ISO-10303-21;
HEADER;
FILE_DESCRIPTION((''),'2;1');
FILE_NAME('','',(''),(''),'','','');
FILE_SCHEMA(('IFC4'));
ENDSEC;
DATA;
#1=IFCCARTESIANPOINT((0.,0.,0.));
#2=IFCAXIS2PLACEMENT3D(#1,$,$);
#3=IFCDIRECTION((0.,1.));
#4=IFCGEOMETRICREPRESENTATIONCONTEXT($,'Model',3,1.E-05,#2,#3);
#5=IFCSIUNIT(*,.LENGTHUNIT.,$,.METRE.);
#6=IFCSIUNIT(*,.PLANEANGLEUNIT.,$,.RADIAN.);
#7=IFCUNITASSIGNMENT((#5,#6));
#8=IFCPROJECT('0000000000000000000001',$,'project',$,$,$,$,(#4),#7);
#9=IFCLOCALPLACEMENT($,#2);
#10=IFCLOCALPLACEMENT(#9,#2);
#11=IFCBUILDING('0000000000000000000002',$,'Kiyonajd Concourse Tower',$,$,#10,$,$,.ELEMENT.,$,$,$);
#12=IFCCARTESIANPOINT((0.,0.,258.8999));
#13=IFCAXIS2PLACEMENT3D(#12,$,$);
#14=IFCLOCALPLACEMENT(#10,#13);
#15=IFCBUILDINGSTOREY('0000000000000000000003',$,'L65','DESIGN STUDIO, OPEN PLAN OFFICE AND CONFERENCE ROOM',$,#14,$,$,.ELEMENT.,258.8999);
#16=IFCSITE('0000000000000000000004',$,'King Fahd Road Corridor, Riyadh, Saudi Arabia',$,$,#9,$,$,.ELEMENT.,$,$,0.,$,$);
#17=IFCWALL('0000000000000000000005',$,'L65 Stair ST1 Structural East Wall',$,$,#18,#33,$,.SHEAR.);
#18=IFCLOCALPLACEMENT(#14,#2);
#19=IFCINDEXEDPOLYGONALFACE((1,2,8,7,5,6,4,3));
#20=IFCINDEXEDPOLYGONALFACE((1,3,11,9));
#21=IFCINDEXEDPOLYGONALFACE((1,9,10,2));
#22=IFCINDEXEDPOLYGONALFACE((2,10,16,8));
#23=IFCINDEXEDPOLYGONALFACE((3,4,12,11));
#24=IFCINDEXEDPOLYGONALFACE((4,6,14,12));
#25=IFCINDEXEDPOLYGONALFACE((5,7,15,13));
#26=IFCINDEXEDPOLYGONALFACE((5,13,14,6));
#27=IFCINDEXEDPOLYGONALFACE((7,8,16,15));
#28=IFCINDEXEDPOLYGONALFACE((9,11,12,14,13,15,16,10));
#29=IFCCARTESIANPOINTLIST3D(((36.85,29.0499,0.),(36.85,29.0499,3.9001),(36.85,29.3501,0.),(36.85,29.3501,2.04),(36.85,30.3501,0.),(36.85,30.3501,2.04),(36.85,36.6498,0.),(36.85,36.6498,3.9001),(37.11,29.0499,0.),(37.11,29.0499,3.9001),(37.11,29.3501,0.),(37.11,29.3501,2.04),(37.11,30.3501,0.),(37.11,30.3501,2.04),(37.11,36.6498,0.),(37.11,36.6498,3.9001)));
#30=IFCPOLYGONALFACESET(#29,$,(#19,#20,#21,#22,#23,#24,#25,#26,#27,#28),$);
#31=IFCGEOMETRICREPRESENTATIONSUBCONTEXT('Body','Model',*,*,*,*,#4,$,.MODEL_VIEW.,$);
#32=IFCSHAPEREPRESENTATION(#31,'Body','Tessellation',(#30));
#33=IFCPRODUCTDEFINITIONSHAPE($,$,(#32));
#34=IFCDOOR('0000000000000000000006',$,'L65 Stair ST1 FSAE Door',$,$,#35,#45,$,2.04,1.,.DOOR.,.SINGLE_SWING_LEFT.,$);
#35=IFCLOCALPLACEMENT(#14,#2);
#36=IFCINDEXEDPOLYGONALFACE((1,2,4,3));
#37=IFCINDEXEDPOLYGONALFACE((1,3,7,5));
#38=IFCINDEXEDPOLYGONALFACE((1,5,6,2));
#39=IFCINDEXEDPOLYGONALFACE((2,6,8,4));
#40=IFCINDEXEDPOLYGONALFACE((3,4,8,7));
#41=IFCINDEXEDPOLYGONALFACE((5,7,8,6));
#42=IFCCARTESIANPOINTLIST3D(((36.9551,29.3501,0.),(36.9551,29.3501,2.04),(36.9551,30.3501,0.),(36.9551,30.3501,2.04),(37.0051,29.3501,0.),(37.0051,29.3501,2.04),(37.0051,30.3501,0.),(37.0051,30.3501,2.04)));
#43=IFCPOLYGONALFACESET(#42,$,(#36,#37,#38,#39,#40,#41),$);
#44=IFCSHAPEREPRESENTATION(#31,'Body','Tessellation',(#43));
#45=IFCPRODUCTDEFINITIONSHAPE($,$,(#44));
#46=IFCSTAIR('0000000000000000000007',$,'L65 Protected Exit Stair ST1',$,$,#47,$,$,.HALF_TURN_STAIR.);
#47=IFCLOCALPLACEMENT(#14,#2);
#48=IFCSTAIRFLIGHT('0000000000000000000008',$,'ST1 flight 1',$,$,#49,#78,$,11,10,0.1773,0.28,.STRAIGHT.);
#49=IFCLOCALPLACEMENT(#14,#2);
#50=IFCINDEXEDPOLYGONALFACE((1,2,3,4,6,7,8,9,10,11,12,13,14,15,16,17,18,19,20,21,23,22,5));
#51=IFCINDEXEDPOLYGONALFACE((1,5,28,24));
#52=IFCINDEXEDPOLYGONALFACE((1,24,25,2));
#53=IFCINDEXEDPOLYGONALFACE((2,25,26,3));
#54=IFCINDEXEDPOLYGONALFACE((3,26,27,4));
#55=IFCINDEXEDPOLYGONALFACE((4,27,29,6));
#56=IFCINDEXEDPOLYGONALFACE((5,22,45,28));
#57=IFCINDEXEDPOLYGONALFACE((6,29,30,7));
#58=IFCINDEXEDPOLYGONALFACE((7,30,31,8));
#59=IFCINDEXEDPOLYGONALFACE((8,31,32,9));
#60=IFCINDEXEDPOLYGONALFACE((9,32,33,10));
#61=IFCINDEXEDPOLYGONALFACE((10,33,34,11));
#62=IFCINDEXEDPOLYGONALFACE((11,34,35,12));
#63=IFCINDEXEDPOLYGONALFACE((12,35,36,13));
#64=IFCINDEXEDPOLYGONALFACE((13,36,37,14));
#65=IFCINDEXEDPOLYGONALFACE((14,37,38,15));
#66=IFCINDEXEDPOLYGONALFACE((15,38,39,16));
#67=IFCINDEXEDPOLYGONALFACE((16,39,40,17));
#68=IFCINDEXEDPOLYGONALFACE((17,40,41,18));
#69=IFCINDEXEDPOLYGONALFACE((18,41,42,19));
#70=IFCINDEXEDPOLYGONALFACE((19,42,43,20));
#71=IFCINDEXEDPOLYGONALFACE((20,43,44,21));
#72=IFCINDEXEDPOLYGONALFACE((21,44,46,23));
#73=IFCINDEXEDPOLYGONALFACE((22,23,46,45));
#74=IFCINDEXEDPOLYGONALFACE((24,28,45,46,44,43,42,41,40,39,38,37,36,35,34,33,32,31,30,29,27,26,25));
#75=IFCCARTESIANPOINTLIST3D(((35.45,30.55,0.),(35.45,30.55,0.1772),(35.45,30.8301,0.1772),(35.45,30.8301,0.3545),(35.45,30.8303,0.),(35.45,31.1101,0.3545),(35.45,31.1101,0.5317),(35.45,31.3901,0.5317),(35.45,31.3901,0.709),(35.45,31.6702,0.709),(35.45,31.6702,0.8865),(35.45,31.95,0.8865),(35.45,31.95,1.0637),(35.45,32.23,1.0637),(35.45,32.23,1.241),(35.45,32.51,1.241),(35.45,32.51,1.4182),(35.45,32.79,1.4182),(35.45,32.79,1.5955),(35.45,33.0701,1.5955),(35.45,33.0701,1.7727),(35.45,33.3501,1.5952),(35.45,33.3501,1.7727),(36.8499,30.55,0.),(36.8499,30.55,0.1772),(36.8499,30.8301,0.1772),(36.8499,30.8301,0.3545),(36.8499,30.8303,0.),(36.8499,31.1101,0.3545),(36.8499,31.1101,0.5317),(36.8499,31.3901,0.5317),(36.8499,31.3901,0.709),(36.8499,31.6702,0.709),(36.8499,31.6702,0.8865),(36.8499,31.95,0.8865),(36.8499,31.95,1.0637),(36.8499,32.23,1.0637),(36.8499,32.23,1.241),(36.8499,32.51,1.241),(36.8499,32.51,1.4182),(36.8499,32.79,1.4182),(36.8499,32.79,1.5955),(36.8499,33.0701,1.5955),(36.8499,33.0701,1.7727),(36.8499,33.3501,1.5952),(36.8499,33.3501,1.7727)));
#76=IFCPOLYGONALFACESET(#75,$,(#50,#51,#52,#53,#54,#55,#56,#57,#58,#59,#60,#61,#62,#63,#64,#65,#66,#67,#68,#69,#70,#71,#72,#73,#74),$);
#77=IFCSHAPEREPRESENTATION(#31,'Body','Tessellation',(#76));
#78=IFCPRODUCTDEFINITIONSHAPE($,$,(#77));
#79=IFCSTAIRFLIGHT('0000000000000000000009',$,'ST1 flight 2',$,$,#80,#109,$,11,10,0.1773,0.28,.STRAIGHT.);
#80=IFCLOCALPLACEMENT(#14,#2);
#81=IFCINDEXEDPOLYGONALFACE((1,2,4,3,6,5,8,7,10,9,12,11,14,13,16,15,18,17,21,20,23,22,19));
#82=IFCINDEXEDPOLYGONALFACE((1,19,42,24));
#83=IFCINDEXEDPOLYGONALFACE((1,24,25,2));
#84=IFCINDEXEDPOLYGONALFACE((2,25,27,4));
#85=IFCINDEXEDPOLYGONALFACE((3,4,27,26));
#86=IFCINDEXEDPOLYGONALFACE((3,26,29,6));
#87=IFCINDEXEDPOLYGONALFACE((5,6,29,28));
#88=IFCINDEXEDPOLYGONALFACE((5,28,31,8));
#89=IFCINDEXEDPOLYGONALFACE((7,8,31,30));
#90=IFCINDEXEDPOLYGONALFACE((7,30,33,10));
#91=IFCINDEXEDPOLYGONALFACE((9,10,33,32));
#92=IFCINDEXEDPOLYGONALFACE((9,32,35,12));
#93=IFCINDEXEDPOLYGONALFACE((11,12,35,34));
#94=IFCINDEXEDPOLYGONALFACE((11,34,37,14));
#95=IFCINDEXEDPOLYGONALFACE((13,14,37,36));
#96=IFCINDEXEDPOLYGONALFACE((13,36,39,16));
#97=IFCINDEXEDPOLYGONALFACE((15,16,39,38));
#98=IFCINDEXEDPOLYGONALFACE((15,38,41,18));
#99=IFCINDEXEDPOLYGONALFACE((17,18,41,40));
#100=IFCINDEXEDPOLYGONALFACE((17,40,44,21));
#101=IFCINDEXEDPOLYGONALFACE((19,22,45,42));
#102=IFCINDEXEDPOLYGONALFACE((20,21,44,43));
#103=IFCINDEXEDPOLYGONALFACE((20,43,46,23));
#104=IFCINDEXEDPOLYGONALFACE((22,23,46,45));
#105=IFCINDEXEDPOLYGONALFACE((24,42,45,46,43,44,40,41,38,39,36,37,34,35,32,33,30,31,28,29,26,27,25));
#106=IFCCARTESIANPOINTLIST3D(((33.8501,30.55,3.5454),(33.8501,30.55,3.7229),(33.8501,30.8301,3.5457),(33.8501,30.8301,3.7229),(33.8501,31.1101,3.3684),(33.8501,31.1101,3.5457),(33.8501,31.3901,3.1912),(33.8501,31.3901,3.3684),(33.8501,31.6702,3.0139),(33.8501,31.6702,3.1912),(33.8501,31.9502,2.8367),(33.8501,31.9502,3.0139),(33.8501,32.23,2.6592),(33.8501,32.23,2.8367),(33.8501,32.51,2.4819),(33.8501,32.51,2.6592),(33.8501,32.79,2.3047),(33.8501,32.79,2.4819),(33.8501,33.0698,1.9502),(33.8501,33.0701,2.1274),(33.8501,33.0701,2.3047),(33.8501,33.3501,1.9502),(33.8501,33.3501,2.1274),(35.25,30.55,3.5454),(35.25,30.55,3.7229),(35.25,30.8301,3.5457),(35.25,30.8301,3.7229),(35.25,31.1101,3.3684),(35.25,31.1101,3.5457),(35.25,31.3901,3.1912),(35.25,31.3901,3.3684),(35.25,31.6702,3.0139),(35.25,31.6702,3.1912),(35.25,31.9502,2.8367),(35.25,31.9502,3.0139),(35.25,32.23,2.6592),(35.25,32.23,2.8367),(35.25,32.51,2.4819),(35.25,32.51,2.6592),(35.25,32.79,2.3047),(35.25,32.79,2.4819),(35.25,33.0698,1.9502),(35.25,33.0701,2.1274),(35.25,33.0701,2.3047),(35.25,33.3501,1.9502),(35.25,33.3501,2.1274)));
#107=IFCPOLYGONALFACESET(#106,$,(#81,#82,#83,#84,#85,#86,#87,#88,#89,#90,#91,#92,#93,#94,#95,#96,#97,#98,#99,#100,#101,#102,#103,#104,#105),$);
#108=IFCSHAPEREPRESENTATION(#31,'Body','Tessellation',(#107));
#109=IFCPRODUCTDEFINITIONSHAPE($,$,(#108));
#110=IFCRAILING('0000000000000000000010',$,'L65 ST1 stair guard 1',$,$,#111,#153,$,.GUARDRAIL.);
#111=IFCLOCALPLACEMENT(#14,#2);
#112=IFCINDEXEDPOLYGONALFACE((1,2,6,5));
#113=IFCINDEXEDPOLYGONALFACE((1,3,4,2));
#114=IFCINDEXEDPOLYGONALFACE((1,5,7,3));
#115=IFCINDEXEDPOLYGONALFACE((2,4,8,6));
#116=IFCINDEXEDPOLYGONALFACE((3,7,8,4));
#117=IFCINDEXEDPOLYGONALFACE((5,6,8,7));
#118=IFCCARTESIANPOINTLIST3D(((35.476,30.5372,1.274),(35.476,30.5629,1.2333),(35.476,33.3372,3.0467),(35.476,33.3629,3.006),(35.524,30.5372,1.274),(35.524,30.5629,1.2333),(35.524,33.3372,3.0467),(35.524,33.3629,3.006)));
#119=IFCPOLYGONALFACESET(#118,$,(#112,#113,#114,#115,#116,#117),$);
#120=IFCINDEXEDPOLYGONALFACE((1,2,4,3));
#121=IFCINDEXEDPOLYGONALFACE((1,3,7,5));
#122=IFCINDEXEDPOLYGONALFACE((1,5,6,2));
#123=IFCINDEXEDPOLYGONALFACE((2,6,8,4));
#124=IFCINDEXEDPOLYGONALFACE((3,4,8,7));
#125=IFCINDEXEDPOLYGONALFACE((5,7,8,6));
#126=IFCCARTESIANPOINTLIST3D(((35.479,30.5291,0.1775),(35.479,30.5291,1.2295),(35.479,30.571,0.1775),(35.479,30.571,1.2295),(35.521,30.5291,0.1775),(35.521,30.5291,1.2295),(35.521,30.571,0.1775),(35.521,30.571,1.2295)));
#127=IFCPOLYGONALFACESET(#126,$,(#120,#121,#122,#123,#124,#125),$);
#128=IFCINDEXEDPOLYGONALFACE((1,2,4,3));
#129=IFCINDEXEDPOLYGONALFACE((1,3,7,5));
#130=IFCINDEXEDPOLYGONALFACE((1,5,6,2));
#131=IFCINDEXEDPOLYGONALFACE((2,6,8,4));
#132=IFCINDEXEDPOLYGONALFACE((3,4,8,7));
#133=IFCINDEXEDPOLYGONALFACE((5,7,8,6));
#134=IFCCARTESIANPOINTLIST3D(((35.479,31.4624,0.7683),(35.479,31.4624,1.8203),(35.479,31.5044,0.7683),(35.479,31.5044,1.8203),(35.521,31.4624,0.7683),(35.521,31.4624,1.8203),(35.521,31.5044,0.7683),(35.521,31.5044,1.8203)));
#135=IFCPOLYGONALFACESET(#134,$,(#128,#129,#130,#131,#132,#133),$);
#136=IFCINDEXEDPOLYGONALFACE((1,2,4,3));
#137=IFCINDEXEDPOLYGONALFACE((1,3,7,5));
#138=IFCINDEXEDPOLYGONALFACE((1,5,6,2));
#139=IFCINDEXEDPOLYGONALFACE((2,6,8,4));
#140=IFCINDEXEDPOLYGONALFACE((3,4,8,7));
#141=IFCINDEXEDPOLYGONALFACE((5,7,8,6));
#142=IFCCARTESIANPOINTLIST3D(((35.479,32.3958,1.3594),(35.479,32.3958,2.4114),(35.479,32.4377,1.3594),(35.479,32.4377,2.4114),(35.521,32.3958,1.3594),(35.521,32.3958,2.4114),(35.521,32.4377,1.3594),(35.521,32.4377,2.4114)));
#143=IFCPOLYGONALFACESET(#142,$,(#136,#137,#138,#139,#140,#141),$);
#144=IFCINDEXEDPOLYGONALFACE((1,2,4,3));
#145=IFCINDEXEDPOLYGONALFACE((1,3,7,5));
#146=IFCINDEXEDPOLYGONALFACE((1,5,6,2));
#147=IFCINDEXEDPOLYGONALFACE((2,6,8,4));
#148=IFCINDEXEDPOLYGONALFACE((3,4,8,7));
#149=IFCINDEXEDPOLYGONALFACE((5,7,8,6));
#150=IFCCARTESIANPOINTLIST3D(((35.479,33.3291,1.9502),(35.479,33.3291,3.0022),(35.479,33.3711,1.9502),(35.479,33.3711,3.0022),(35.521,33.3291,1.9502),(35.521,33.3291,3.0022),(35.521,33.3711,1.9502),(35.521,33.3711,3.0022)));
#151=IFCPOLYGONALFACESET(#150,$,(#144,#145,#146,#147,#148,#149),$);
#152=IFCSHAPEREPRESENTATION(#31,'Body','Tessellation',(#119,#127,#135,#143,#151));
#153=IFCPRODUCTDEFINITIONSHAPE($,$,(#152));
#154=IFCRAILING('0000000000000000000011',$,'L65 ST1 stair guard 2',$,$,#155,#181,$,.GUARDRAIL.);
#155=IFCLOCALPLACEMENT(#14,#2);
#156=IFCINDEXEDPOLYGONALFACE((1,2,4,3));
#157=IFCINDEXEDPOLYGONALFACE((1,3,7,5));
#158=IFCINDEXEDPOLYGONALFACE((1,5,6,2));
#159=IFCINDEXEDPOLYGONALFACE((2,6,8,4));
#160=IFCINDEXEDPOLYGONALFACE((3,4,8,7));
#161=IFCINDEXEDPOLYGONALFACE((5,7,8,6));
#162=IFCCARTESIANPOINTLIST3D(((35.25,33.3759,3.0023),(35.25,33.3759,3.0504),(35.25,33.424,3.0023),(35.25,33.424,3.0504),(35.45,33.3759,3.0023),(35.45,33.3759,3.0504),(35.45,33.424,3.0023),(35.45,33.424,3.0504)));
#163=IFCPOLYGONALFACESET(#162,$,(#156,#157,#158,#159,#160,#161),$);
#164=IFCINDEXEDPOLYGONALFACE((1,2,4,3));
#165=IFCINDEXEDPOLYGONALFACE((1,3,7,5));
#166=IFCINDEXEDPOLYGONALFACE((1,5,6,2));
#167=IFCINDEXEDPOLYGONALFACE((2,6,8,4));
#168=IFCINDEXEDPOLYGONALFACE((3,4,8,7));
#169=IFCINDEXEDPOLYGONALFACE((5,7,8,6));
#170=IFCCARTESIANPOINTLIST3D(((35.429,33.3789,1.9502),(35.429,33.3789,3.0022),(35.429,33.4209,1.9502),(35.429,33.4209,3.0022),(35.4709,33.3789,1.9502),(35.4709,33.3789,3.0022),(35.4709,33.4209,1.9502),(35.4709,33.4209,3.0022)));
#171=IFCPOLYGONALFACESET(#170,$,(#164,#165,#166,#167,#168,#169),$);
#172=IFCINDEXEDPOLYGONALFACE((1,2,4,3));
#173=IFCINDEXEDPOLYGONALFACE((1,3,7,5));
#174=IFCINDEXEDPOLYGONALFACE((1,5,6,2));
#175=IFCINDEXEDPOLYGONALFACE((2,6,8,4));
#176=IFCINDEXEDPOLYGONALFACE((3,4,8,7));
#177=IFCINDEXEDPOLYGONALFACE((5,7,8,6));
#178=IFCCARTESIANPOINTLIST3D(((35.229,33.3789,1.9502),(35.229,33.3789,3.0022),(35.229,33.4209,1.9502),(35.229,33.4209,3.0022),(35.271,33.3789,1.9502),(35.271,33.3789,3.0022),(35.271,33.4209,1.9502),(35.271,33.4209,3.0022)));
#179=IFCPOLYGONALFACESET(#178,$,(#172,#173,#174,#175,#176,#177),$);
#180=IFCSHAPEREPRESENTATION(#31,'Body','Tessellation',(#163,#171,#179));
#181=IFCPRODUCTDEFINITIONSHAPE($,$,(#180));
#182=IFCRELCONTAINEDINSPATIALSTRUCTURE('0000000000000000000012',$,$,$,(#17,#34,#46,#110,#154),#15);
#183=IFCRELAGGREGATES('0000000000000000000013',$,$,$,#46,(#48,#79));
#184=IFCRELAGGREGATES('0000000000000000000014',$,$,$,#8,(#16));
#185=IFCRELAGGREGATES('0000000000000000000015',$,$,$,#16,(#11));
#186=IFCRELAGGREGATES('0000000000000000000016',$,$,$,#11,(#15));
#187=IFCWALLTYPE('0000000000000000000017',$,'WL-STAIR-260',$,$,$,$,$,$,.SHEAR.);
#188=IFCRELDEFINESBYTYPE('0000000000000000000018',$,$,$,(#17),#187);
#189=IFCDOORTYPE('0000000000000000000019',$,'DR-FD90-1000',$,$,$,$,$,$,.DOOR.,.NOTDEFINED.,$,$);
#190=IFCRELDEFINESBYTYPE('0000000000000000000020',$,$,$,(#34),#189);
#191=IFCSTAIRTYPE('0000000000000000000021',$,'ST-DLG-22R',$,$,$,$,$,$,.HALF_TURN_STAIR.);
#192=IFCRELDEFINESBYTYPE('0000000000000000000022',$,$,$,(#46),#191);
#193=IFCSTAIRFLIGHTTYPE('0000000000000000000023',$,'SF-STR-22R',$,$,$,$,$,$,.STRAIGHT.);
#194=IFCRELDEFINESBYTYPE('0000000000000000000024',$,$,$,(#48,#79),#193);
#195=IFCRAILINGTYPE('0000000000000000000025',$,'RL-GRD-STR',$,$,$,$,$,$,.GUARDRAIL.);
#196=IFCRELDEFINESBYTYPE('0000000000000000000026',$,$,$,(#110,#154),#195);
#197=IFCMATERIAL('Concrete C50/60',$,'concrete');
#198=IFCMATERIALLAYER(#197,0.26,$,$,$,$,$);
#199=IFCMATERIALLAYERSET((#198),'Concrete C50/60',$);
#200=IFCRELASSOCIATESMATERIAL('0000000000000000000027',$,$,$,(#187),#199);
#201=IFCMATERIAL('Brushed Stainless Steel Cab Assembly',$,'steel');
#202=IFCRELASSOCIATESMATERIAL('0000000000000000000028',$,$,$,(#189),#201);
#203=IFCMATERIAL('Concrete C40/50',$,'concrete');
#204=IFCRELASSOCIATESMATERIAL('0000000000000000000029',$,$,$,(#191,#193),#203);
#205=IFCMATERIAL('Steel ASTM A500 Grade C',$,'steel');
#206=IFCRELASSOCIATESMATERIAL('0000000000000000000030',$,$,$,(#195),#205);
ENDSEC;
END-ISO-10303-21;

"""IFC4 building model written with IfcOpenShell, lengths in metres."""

from ifc_helpers import new_model, si_unit, direction, frame, frame_2d, origin, origin_2d, place, context, subcontext, project, spatial, polyline, rectangle, outline, extrude, material, layer, layer_set, type_object, element, fill, aggregate, save


model = new_model("IFC4")

# Units and contexts
model_context = context("Model", 3, precision=1e-05, world=origin(), true_north=direction((0.0, 1.0)))
body_context = subcontext(model_context, "Body", "Model", "MODEL_VIEW")
ifc_project = project(units=[si_unit("LENGTHUNIT", "METRE"), si_unit("PLANEANGLEUNIT", "RADIAN")], contexts=[model_context])

# Site, building, storey
site_placement = place(None, origin())
site = spatial("IfcSite", under=ifc_project, at=site_placement, Name="King Fahd Road Corridor, Riyadh, Saudi Arabia", CompositionType="ELEMENT", RefElevation=0.0)
building_placement = place(site_placement, origin())
building = spatial("IfcBuilding", under=site, at=building_placement, Name="Kiyonajd Concourse Tower", CompositionType="ELEMENT")
storey_placement = place(building_placement, frame((0.0, 0.0, 258.8999)))
storey = spatial("IfcBuildingStorey", under=building, at=storey_placement, Name="L65", Description="DESIGN STUDIO, OPEN PLAN OFFICE AND CONFERENCE ROOM", CompositionType="ELEMENT", Elevation=258.8999)

# Shared definitions
ifc_material_1 = material(Name="Concrete C50/60", Category="concrete")

# Shared definitions
ifc_material_2 = material(Name="Brushed Stainless Steel Cab Assembly", Category="steel")

# Shared definitions
ifc_layer_1 = layer(ifc_material_1, 0.26)
ifc_layer_set_1 = layer_set([ifc_layer_1], Name="Concrete C50/60")
wall_type_1 = type_object("IfcWallType", Name="WL-STAIR-260", PredefinedType="SHEAR", material=ifc_layer_set_1)

# Wall, opening, door
wall_1_placement = place(storey_placement, frame((36.98, 29.05, 0.0), z_axis=(0.0, 0.0, 1.0), x_axis=(0.0, 1.0, 0.0)))
wall_1 = element("IfcWall", 1, at=wall_1_placement, inside=storey, type_object=wall_type_1, Name="L65 Stair ST1 Structural East Wall", PredefinedType="SHEAR", context=body_context, shape_type="SweptSolid", body=[
    extrude(rectangle(XDim=7.5999, YDim=0.26, at=frame_2d((3.7998, 0.0))), origin(), (0.0, 0.0, 1.0), 3.9001),
])
opening_1_placement = place(wall_1_placement, frame((0.3, 0.0, 0.0)))
opening_1 = element("IfcOpeningElement", 2, at=opening_1_placement, cuts=wall_1, PredefinedType="OPENING", context=body_context, shape_type="SweptSolid", body=[
    extrude(rectangle(XDim=1.0, YDim=2.04, at=frame_2d((0.5, 1.02))), frame((0.0, 0.1399, 0.0), z_axis=(0.0, -1.0, 0.0), x_axis=(1.0, 0.0, 0.0)), (0.0, 0.0, 1.0), 0.28),
])
door_type_1 = type_object("IfcDoorType", Name="DR-FD90-1000", OperationType="NOTDEFINED", PredefinedType="DOOR", material=ifc_material_2)
door_1_placement = place(opening_1_placement, origin())
door_1 = element("IfcDoor", 3, at=door_1_placement, inside=storey, type_object=door_type_1, Name="L65 Stair ST1 FSAE Door", OperationType="SINGLE_SWING_LEFT", OverallHeight=2.04, OverallWidth=1.0, PredefinedType="DOOR", context=body_context, shape_type="SweptSolid", body=[
    extrude(rectangle(XDim=1.0, YDim=2.04, at=frame_2d((0.5, 1.02))), frame((0.0, 0.0249, 0.0), z_axis=(0.0, -1.0, 0.0), x_axis=(1.0, 0.0, 0.0)), (0.0, 0.0, 1.0), 0.05),
])
fill(opening_1, door_1)

# Stair, stair flights
ifc_material_3 = material(Name="Concrete C40/50", Category="concrete")
stair_type = type_object("IfcStairType", Name="ST-DLG-22R", PredefinedType="HALF_TURN_STAIR", material=ifc_material_3)
stair_placement = place(storey_placement, origin())
stair = element("IfcStair", 4, at=stair_placement, inside=storey, type_object=stair_type, Name="L65 Protected Exit Stair ST1", PredefinedType="HALF_TURN_STAIR")
stair_flight_type = type_object("IfcStairFlightType", Name="SF-STR-22R", PredefinedType="STRAIGHT", material=ifc_material_3)
stair_flight_1_placement = place(storey_placement, frame((36.1499, 30.55, 0.0), z_axis=(0.0, 0.0, 1.0), x_axis=(0.0, 1.0, 0.0)))
stair_flight_1 = element("IfcStairFlight", 5, at=stair_flight_1_placement, type_object=stair_flight_type, Name="ST1 flight 1", NumberOfRisers=11, NumberOfTreads=10, PredefinedType="STRAIGHT", RiserHeight=0.1773, TreadLength=0.28, context=body_context, shape_type="SweptSolid", body=[
    extrude(outline(polyline([(0.0, 0.0), (0.0, 0.1772), (0.28, 0.1772), (0.28, 0.3545), (0.5601, 0.3545), (0.5601, 0.5317), (0.8401, 0.5317), (0.8401, 0.709), (1.1201, 0.709), (1.1201, 0.8865), (1.3999, 0.8865), (1.3999, 1.0637), (1.6799, 1.0637), (1.6799, 1.241), (1.96, 1.241), (1.96, 1.4182), (2.24, 1.4182), (2.24, 1.5955), (2.52, 1.5955), (2.52, 1.7727), (2.8, 1.7727), (2.8, 1.95), (2.8, 1.5952), (0.2803, 0.0), (0.0, 0.0)])), frame((0.0, 0.7, 0.0), z_axis=(0.0, -1.0, 0.0), x_axis=(1.0, 0.0, 0.0)), (0.0, 0.0, 1.0), 1.3999),
])
stair_flight_2_placement = place(storey_placement, frame((34.55, 33.3501, 1.9502), z_axis=(0.0, 0.0, 1.0), x_axis=(0.0, -1.0, 0.0)))
stair_flight_2 = element("IfcStairFlight", 6, at=stair_flight_2_placement, type_object=stair_flight_type, Name="ST1 flight 2", NumberOfRisers=11, NumberOfTreads=10, PredefinedType="STRAIGHT", RiserHeight=0.1773, TreadLength=0.28, context=body_context, shape_type="SweptSolid", body=[
    extrude(outline(polyline([(0.0, 0.0), (0.0, 0.1772), (0.28, 0.1772), (0.28, 0.3545), (0.5601, 0.3545), (0.5601, 0.5317), (0.8401, 0.5317), (0.8401, 0.709), (1.1201, 0.709), (1.1201, 0.8865), (1.3999, 0.8865), (1.3999, 1.0637), (1.6799, 1.0637), (1.6799, 1.241), (1.96, 1.241), (1.96, 1.4182), (2.24, 1.4182), (2.24, 1.5955), (2.52, 1.5955), (2.52, 1.7727), (2.8, 1.7727), (2.8, 1.95), (2.8, 1.5952), (0.2803, 0.0), (0.0, 0.0)])), frame((0.0, 0.7, 0.0), z_axis=(0.0, -1.0, 0.0), x_axis=(1.0, 0.0, 0.0)), (0.0, 0.0, 1.0), 1.3999),
])
aggregate(stair, [stair_flight_1, stair_flight_2])

# Railings
ifc_material_4 = material(Name="Steel ASTM A500 Grade C", Category="steel")
railing_type_1 = type_object("IfcRailingType", Name="RL-GRD-STR", PredefinedType="GUARDRAIL", material=ifc_material_4)
railing_1_placement = place(storey_placement, frame((35.5, 30.55, 0.1775)))
element("IfcRailing", 7, at=railing_1_placement, inside=storey, type_object=railing_type_1, Name="L65 ST1 stair guard 1", PredefinedType="GUARDRAIL", context=body_context, shape_type="SweptSolid", body=[
    extrude(rectangle(XDim=0.0481, YDim=0.0481, at=origin_2d()), frame((0.0, 0.0, 1.0762), z_axis=(0.0, 0.844909, 0.53491), x_axis=(-1.0, 0.0, 0.0)), (0.0, 0.0, 1.0), 3.314),
    extrude(rectangle(XDim=0.042, YDim=0.042, at=origin_2d()), origin(), (0.0, 0.0, 1.0), 1.052),
    extrude(rectangle(XDim=0.042, YDim=0.042, at=origin_2d()), frame((0.0, 0.9333, 0.5908)), (0.0, 0.0, 1.0), 1.052),
    extrude(rectangle(XDim=0.042, YDim=0.042, at=origin_2d()), frame((0.0, 1.8667, 1.1819)), (0.0, 0.0, 1.0), 1.052),
    extrude(rectangle(XDim=0.042, YDim=0.042, at=origin_2d()), frame((0.0, 2.8, 1.7727)), (0.0, 0.0, 1.0), 1.052),
])
railing_2_placement = place(storey_placement, frame((35.45, 33.3999, 1.9502)))
element("IfcRailing", 8, at=railing_2_placement, inside=storey, type_object=railing_type_1, Name="L65 ST1 stair guard 2", PredefinedType="GUARDRAIL", context=body_context, shape_type="SweptSolid", body=[
    extrude(rectangle(XDim=0.0481, YDim=0.0481, at=origin_2d()), frame((0.0, 0.0, 1.0762), z_axis=(-1.0, 0.0, 0.0), x_axis=(0.0, -1.0, 0.0)), (0.0, 0.0, 1.0), 0.2),
    extrude(rectangle(XDim=0.042, YDim=0.042, at=origin_2d()), origin(), (0.0, 0.0, 1.0), 1.052),
    extrude(rectangle(XDim=0.042, YDim=0.042, at=origin_2d()), frame((-0.2, 0.0, 0.0)), (0.0, 0.0, 1.0), 1.052),
])

save(model, "model.ifc")
